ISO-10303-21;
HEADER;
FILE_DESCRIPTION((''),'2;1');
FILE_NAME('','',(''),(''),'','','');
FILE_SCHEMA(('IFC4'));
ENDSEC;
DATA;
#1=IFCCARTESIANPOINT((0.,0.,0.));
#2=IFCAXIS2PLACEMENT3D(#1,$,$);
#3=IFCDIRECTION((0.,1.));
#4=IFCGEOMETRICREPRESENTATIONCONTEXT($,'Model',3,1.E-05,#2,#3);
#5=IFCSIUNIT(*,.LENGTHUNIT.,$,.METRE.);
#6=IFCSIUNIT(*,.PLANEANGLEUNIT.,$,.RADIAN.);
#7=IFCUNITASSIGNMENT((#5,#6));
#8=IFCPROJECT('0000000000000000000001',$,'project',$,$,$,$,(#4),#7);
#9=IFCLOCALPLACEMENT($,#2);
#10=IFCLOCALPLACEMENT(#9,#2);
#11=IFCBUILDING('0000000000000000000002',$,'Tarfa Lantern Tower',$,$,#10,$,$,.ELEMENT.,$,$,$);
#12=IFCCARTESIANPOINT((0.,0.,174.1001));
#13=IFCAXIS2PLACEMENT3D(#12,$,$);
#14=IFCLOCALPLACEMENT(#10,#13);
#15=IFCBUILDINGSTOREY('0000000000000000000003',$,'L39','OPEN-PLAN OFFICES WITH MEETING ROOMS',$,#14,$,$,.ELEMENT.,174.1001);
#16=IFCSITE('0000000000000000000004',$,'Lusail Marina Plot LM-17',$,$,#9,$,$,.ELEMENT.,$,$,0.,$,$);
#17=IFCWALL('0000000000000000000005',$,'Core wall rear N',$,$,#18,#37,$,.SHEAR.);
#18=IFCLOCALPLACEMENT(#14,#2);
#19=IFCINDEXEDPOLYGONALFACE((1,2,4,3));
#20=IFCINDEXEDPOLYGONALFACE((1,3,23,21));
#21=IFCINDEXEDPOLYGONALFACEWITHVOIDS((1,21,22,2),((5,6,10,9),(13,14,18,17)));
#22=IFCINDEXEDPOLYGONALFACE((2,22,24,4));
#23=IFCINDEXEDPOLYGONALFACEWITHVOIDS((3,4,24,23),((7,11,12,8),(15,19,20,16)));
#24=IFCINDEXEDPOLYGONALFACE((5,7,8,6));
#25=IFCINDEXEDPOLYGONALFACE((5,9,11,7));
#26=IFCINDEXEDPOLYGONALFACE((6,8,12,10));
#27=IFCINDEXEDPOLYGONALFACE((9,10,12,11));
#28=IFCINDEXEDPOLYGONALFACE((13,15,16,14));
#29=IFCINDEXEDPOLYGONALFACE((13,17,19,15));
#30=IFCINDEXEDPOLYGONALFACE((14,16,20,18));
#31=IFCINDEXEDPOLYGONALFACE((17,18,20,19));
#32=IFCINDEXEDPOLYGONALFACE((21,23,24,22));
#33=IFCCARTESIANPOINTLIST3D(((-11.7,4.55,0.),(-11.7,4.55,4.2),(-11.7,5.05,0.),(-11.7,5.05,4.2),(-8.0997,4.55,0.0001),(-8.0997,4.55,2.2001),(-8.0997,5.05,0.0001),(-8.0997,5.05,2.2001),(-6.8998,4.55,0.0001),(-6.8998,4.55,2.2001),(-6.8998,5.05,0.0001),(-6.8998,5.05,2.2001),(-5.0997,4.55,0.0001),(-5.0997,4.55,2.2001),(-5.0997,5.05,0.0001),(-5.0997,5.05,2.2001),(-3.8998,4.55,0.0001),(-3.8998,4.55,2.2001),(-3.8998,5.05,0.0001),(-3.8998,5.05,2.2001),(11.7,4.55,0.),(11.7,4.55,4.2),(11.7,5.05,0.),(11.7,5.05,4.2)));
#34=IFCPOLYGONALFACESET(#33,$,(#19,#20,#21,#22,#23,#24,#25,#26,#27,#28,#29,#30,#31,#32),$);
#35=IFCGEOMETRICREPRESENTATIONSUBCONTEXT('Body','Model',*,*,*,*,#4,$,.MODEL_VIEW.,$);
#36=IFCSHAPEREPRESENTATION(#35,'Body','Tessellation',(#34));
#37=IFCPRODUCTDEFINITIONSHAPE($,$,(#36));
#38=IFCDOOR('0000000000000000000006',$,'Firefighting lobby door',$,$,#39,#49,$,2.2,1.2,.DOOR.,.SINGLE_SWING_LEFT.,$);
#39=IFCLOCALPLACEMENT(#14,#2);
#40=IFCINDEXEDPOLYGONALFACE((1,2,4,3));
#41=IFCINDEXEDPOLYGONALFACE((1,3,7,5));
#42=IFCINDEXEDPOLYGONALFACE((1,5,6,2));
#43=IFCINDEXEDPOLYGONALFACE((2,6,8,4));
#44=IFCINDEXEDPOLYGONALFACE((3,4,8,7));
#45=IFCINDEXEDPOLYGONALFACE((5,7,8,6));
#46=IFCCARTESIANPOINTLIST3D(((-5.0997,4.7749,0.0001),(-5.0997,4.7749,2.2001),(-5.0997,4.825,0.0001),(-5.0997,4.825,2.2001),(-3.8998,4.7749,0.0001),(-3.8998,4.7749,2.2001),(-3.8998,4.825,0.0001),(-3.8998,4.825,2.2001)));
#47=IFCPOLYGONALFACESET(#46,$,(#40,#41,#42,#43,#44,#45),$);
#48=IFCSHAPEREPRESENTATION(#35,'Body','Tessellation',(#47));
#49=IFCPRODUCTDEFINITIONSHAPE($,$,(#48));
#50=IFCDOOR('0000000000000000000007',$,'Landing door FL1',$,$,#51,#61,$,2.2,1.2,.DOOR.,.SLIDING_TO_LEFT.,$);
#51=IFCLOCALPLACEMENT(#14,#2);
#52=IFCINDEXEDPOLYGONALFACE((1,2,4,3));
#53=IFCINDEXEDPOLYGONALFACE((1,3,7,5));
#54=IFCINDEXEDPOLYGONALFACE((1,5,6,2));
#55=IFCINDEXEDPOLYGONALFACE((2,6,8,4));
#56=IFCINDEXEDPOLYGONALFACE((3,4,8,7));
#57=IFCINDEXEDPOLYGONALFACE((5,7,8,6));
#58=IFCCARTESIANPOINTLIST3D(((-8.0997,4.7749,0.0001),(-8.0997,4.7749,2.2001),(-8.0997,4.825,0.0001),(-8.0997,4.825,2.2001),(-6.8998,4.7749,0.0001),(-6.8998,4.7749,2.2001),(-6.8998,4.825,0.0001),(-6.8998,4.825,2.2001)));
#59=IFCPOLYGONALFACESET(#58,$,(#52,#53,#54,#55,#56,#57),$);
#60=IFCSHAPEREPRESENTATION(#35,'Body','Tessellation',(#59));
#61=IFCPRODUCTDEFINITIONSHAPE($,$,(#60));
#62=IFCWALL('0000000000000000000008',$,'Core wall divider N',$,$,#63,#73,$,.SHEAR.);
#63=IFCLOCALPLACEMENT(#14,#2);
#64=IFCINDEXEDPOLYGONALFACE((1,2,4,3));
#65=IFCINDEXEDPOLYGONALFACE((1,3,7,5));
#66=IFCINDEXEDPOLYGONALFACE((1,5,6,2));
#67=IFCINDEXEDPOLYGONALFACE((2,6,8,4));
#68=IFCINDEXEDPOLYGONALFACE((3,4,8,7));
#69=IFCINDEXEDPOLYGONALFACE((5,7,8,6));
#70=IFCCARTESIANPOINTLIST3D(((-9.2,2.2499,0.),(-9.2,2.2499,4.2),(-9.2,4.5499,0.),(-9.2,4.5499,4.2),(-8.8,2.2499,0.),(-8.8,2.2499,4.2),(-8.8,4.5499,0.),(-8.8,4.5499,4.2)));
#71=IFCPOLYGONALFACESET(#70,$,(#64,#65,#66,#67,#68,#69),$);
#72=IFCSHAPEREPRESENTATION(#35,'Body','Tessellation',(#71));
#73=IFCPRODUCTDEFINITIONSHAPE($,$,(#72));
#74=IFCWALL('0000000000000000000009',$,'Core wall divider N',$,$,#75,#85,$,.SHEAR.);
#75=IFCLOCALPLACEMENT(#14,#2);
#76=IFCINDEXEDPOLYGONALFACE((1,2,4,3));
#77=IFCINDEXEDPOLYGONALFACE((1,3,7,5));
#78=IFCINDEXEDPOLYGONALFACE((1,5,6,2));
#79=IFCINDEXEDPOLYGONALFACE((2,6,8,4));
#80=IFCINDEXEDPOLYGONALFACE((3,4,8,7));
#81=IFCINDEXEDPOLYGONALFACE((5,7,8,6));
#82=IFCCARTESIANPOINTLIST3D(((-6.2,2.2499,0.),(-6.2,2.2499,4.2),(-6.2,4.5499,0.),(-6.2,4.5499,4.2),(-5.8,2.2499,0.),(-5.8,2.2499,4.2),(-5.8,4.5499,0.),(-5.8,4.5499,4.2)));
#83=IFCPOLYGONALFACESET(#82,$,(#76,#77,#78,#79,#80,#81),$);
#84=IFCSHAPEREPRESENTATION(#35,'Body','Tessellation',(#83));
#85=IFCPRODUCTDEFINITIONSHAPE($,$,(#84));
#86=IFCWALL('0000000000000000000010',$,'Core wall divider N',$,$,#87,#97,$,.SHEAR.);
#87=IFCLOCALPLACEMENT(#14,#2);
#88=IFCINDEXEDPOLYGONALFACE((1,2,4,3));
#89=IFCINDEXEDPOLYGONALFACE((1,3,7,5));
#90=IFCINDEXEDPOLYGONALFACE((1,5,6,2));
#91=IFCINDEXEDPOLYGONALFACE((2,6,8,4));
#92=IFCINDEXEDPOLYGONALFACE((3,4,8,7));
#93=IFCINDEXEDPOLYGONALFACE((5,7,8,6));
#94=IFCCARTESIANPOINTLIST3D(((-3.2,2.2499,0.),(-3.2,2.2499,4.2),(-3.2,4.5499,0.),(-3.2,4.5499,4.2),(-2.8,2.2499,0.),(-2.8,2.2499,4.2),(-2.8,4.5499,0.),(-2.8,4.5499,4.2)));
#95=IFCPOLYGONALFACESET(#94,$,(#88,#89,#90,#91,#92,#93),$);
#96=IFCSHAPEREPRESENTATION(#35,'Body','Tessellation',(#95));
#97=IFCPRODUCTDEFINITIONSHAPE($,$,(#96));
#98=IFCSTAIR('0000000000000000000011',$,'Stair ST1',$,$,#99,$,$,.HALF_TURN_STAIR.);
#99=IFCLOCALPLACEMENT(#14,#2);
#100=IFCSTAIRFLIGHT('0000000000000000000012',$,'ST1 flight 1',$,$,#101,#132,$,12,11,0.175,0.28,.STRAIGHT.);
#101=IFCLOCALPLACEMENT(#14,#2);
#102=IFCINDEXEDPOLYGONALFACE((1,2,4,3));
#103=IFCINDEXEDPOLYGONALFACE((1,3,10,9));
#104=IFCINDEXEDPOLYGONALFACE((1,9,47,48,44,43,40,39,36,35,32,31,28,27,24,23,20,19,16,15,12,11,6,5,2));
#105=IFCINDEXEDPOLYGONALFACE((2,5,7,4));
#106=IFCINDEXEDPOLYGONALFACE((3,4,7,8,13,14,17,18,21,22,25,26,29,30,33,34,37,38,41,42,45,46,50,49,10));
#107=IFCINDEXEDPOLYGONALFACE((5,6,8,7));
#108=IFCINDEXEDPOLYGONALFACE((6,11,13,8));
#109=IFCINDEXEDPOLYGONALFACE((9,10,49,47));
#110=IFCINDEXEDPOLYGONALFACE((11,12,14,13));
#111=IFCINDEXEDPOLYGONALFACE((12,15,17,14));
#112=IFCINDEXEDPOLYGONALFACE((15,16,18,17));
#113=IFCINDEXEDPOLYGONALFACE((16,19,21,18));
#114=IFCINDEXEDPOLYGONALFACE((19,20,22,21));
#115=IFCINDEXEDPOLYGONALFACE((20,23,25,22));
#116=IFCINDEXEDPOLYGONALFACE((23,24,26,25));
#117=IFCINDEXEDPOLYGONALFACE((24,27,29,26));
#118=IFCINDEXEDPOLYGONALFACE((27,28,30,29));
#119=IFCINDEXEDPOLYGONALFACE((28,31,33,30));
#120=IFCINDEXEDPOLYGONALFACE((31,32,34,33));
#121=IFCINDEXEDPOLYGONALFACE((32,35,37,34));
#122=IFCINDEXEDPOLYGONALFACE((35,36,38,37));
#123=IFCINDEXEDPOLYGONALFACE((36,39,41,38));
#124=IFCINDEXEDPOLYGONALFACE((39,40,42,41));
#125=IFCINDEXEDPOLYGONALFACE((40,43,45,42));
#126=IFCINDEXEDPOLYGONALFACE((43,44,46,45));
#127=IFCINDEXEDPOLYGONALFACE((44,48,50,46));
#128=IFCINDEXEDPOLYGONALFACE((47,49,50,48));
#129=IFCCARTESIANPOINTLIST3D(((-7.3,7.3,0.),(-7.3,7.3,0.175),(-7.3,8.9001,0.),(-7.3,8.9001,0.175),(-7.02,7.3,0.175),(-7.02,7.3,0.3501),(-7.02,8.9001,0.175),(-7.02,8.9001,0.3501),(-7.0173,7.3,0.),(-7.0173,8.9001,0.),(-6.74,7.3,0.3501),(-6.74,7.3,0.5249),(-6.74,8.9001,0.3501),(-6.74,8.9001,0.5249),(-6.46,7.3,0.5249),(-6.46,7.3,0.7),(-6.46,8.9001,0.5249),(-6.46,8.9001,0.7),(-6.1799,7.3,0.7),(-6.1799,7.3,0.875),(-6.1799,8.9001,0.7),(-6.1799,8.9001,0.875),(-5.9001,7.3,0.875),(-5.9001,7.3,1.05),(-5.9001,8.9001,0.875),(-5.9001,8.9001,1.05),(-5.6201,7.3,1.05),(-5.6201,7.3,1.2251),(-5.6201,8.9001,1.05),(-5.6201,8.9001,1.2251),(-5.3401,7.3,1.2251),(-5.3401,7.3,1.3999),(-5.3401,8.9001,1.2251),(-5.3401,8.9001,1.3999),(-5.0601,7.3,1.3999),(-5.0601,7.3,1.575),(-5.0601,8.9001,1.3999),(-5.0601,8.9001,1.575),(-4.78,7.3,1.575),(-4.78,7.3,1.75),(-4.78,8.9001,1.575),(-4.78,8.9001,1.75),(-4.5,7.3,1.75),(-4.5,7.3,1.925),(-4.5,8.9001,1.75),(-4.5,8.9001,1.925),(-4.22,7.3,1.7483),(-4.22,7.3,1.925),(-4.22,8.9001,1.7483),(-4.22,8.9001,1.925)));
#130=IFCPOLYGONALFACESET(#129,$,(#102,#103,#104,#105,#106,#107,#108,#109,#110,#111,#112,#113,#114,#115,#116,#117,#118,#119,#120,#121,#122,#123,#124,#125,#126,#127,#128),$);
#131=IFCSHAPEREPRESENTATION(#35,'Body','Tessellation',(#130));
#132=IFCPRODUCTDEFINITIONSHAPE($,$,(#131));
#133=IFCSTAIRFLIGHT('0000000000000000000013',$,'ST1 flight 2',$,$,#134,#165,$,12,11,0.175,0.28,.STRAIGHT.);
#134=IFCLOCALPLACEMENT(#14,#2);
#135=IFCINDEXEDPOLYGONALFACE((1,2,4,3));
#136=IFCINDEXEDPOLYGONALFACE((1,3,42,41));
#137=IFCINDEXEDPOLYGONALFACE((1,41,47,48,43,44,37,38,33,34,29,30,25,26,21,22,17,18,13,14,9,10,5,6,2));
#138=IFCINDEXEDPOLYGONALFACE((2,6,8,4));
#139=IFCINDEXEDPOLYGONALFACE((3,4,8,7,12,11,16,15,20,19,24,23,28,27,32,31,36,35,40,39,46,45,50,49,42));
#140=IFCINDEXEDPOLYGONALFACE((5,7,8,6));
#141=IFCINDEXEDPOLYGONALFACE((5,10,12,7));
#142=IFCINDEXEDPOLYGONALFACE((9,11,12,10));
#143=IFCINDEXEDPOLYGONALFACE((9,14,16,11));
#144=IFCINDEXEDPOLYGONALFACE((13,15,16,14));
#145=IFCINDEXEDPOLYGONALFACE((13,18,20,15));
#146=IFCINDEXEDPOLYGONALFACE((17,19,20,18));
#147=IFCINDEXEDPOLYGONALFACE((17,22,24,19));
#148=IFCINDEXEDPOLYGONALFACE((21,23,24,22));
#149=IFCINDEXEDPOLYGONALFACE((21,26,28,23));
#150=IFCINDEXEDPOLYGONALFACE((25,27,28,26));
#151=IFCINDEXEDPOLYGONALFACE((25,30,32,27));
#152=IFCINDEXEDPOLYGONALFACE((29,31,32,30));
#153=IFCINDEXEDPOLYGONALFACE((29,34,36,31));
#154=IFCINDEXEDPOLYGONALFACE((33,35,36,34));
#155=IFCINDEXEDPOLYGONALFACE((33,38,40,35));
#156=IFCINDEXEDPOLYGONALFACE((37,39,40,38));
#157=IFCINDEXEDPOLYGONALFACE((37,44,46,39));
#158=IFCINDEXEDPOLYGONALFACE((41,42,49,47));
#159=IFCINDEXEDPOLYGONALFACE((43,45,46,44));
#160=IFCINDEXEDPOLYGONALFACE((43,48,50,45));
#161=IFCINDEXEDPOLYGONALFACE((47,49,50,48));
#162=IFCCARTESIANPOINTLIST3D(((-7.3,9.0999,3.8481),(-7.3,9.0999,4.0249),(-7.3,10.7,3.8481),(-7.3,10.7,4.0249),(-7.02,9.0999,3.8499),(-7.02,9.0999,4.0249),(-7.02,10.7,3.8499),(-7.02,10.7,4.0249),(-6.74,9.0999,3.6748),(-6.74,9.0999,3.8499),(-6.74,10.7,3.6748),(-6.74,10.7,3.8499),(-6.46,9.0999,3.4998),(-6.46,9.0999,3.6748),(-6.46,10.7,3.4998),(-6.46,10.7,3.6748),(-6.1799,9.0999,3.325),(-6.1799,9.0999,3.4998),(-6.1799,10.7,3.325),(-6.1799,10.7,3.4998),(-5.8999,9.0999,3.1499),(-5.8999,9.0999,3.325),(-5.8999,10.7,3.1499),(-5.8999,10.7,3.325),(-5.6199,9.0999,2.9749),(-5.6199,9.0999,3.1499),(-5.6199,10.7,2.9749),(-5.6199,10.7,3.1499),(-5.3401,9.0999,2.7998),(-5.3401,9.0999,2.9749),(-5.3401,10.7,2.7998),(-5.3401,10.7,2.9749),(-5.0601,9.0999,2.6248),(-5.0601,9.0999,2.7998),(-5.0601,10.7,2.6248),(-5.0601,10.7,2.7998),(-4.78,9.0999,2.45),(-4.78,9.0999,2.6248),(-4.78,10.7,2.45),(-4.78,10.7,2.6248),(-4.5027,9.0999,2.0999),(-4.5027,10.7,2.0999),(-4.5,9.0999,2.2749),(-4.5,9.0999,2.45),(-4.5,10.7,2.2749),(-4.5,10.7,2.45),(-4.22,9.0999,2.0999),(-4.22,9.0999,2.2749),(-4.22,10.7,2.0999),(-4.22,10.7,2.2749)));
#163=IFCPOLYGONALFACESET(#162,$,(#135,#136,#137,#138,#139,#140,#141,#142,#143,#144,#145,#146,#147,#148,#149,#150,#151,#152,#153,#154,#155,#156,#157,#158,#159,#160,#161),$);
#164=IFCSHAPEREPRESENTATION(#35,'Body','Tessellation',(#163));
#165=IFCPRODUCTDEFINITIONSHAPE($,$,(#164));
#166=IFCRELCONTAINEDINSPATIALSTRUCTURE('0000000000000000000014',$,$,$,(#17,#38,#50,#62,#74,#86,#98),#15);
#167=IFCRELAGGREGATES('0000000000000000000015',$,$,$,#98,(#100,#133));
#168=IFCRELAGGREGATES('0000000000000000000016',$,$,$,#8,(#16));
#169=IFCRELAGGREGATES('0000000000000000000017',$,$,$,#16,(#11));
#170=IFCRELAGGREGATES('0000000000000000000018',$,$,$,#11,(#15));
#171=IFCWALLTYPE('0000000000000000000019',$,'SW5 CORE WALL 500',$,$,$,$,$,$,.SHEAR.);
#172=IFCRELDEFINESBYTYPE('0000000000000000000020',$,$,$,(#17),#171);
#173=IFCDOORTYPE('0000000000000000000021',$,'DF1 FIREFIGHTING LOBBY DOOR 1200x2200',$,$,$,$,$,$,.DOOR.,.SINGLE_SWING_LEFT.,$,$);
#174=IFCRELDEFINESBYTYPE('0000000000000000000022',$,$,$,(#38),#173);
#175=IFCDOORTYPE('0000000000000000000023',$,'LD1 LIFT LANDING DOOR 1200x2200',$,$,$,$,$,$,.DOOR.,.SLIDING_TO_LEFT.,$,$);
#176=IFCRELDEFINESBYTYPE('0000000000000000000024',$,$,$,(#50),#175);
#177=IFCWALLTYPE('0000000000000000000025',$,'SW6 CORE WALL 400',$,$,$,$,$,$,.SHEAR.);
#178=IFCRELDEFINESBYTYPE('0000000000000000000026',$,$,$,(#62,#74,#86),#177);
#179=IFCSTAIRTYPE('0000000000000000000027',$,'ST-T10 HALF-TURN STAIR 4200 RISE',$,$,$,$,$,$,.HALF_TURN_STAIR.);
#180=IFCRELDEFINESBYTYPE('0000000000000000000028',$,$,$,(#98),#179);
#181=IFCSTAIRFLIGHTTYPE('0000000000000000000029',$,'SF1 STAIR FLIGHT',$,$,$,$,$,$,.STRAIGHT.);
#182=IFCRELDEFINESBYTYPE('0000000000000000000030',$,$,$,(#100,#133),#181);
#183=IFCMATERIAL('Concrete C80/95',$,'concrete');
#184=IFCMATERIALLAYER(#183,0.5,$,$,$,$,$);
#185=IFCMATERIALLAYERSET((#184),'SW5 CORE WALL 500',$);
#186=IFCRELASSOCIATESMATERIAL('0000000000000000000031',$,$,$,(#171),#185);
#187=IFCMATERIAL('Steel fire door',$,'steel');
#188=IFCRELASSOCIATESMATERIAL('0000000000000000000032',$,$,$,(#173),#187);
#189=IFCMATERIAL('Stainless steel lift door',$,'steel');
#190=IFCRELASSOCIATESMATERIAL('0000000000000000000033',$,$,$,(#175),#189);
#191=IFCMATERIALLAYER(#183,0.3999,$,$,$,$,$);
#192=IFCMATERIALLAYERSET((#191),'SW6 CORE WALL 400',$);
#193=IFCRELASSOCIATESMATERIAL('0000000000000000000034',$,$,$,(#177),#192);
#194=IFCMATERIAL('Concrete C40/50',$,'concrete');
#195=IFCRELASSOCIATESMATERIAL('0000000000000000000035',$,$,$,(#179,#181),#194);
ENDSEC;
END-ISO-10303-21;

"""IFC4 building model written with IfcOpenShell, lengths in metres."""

from ifc_helpers import new_model, si_unit, direction, frame, frame_2d, origin, place, context, subcontext, project, spatial, polyline, rectangle, outline, extrude, material, layer, layer_set, type_object, element, fill, aggregate, save


model = new_model("IFC4")

# Units and contexts
model_context = context("Model", 3, precision=1e-05, world=origin(), true_north=direction((0.0, 1.0)))
body_context = subcontext(model_context, "Body", "Model", "MODEL_VIEW")
ifc_project = project(units=[si_unit("LENGTHUNIT", "METRE"), si_unit("PLANEANGLEUNIT", "RADIAN")], contexts=[model_context])

# Site, building, storey
site_placement = place(None, origin())
site = spatial("IfcSite", under=ifc_project, at=site_placement, Name="Lusail Marina Plot LM-17", CompositionType="ELEMENT", RefElevation=0.0)
building_placement = place(site_placement, origin())
building = spatial("IfcBuilding", under=site, at=building_placement, Name="Tarfa Lantern Tower", CompositionType="ELEMENT")
storey_placement = place(building_placement, frame((0.0, 0.0, 174.1001)))
storey = spatial("IfcBuildingStorey", under=building, at=storey_placement, Name="L39", Description="OPEN-PLAN OFFICES WITH MEETING ROOMS", CompositionType="ELEMENT", Elevation=174.1001)

# Shared definitions
ifc_material_1 = material(Name="Concrete C80/95", Category="concrete")

# Shared definitions
ifc_material_2 = material(Name="Steel fire door", Category="steel")

# Wall, openings, doors
ifc_layer_1 = layer(ifc_material_1, 0.5)
ifc_layer_set_1 = layer_set([ifc_layer_1], Name="SW5 CORE WALL 500")
wall_type_1 = type_object("IfcWallType", Name="SW5 CORE WALL 500", PredefinedType="SHEAR", material=ifc_layer_set_1)
ifc_material_3 = material(Name="Stainless steel lift door", Category="steel")
wall_1_placement = place(storey_placement, frame((-11.7, 4.8, 0.0), z_axis=(0.0, 0.0, 1.0), x_axis=(1.0, 0.0, 0.0)))
wall_1 = element("IfcWall", 1, at=wall_1_placement, inside=storey, type_object=wall_type_1, Name="Core wall rear N", PredefinedType="SHEAR", context=body_context, shape_type="SweptSolid", body=[
    extrude(rectangle(XDim=23.3999, YDim=0.5, at=frame_2d((11.7, 0.0))), origin(), (0.0, 0.0, 1.0), 4.2),
])
opening_1_placement = place(wall_1_placement, frame((6.6001, 0.0, 0.0)))
opening_1 = element("IfcOpeningElement", 2, at=opening_1_placement, cuts=wall_1, PredefinedType="OPENING", context=body_context, shape_type="SweptSolid", body=[
    extrude(rectangle(XDim=1.2, YDim=2.2, at=frame_2d((0.6001, 1.1001))), frame((0.0, 0.26, 0.0), z_axis=(0.0, -1.0, 0.0), x_axis=(1.0, 0.0, 0.0)), (0.0, 0.0, 1.0), 0.52),
])
opening_2_placement = place(wall_1_placement, frame((3.6001, 0.0, 0.0)))
opening_2 = element("IfcOpeningElement", 3, at=opening_2_placement, cuts=wall_1, PredefinedType="OPENING", context=body_context, shape_type="SweptSolid", body=[
    extrude(rectangle(XDim=1.2, YDim=2.2, at=frame_2d((0.6001, 1.1001))), frame((0.0, 0.26, 0.0), z_axis=(0.0, -1.0, 0.0), x_axis=(1.0, 0.0, 0.0)), (0.0, 0.0, 1.0), 0.52),
])
door_type_1 = type_object("IfcDoorType", Name="DF1 FIREFIGHTING LOBBY DOOR 1200x2200", OperationType="SINGLE_SWING_LEFT", PredefinedType="DOOR", material=ifc_material_2)
door_1_placement = place(opening_1_placement, origin())
door_1 = element("IfcDoor", 4, at=door_1_placement, inside=storey, type_object=door_type_1, Name="Firefighting lobby door", OperationType="SINGLE_SWING_LEFT", OverallHeight=2.2, OverallWidth=1.2, PredefinedType="DOOR", context=body_context, shape_type="SweptSolid", body=[
    extrude(rectangle(XDim=1.2, YDim=2.2, at=frame_2d((0.6001, 1.1001))), frame((0.0, 0.0249, 0.0), z_axis=(0.0, -1.0, 0.0), x_axis=(1.0, 0.0, 0.0)), (0.0, 0.0, 1.0), 0.05),
])
fill(opening_1, door_1)
door_type_2 = type_object("IfcDoorType", Name="LD1 LIFT LANDING DOOR 1200x2200", OperationType="SLIDING_TO_LEFT", PredefinedType="DOOR", material=ifc_material_3)
door_2_placement = place(opening_2_placement, origin())
door_2 = element("IfcDoor", 5, at=door_2_placement, inside=storey, type_object=door_type_2, Name="Landing door FL1", OperationType="SLIDING_TO_LEFT", OverallHeight=2.2, OverallWidth=1.2, PredefinedType="DOOR", context=body_context, shape_type="SweptSolid", body=[
    extrude(rectangle(XDim=1.2, YDim=2.2, at=frame_2d((0.6001, 1.1001))), frame((0.0, 0.0249, 0.0), z_axis=(0.0, -1.0, 0.0), x_axis=(1.0, 0.0, 0.0)), (0.0, 0.0, 1.0), 0.05),
])
fill(opening_2, door_2)

# Walls
ifc_layer_2 = layer(ifc_material_1, 0.3999)
ifc_layer_set_2 = layer_set([ifc_layer_2], Name="SW6 CORE WALL 400")
wall_type_2 = type_object("IfcWallType", Name="SW6 CORE WALL 400", PredefinedType="SHEAR", material=ifc_layer_set_2)
for number, where, z_axis, x_axis, name in (
    (6, (-9.0, 2.25, 0.0), (0.0, 0.0, 1.0), (0.0, 1.0, 0.0), "Core wall divider N"),
    (7, (-6.0, 2.25, 0.0), (0.0, 0.0, 1.0), (0.0, 1.0, 0.0), "Core wall divider N"),
    (8, (-3.0, 2.25, 0.0), (0.0, 0.0, 1.0), (0.0, 1.0, 0.0), "Core wall divider N"),
):
    element("IfcWall", number, at=place(storey_placement, frame(where, z_axis=z_axis, x_axis=x_axis)), inside=storey, type_object=wall_type_2, Name=name, PredefinedType="SHEAR", context=body_context, shape_type="SweptSolid", body=[
        extrude(rectangle(XDim=2.3, YDim=0.3999, at=frame_2d((1.1499, 0.0))), origin(), (0.0, 0.0, 1.0), 4.2),
    ])

# Stair, stair flights
ifc_material_4 = material(Name="Concrete C40/50", Category="concrete")
stair_type = type_object("IfcStairType", Name="ST-T10 HALF-TURN STAIR 4200 RISE", PredefinedType="HALF_TURN_STAIR", material=ifc_material_4)
stair_placement = place(storey_placement, origin())
stair = element("IfcStair", 9, at=stair_placement, inside=storey, type_object=stair_type, Name="Stair ST1", PredefinedType="HALF_TURN_STAIR")
stair_flight_type = type_object("IfcStairFlightType", Name="SF1 STAIR FLIGHT", PredefinedType="STRAIGHT", material=ifc_material_4)
stair_flight_1_placement = place(storey_placement, frame((-7.3, 8.1001, 0.0), z_axis=(0.0, 0.0, 1.0), x_axis=(1.0, 0.0, 0.0)))
stair_flight_1 = element("IfcStairFlight", 10, at=stair_flight_1_placement, type_object=stair_flight_type, Name="ST1 flight 1", NumberOfRisers=12, NumberOfTreads=11, PredefinedType="STRAIGHT", RiserHeight=0.175, TreadLength=0.28, context=body_context, shape_type="SweptSolid", body=[
    extrude(outline(polyline([(0.0, 0.0), (0.0, 0.175), (0.28, 0.175), (0.28, 0.3501), (0.5601, 0.3501), (0.5601, 0.5249), (0.8401, 0.5249), (0.8401, 0.7), (1.1201, 0.7), (1.1201, 0.875), (1.3999, 0.875), (1.3999, 1.05), (1.6799, 1.05), (1.6799, 1.2251), (1.96, 1.2251), (1.96, 1.3999), (2.24, 1.3999), (2.24, 1.575), (2.52, 1.575), (2.52, 1.75), (2.8, 1.75), (2.8, 1.925), (3.0801, 1.925), (3.0801, 2.1001), (3.0801, 1.7483), (0.2827, 0.0), (0.0, 0.0)])), frame((0.0, 0.8, 0.0), z_axis=(0.0, -1.0, 0.0), x_axis=(1.0, 0.0, 0.0)), (0.0, 0.0, 1.0), 1.6001),
])
stair_flight_2_placement = place(storey_placement, frame((-4.22, 9.8999, 2.0999), z_axis=(0.0, 0.0, 1.0), x_axis=(-1.0, 0.0, 0.0)))
stair_flight_2 = element("IfcStairFlight", 11, at=stair_flight_2_placement, type_object=stair_flight_type, Name="ST1 flight 2", NumberOfRisers=12, NumberOfTreads=11, PredefinedType="STRAIGHT", RiserHeight=0.175, TreadLength=0.28, context=body_context, shape_type="SweptSolid", body=[
    extrude(outline(polyline([(0.0, 0.0), (0.0, 0.175), (0.28, 0.175), (0.28, 0.3501), (0.5601, 0.3501), (0.5601, 0.5249), (0.8401, 0.5249), (0.8401, 0.7), (1.1201, 0.7), (1.1201, 0.875), (1.3999, 0.875), (1.3999, 1.05), (1.6799, 1.05), (1.6799, 1.2251), (1.96, 1.2251), (1.96, 1.3999), (2.24, 1.3999), (2.24, 1.575), (2.52, 1.575), (2.52, 1.75), (2.8, 1.75), (2.8, 1.925), (3.0801, 1.925), (3.0801, 2.1001), (3.0801, 1.7483), (0.2827, 0.0), (0.0, 0.0)])), frame((0.0, 0.8, 0.0), z_axis=(0.0, -1.0, 0.0), x_axis=(1.0, 0.0, 0.0)), (0.0, 0.0, 1.0), 1.6001),
])
aggregate(stair, [stair_flight_1, stair_flight_2])

save(model, "model.ifc")
